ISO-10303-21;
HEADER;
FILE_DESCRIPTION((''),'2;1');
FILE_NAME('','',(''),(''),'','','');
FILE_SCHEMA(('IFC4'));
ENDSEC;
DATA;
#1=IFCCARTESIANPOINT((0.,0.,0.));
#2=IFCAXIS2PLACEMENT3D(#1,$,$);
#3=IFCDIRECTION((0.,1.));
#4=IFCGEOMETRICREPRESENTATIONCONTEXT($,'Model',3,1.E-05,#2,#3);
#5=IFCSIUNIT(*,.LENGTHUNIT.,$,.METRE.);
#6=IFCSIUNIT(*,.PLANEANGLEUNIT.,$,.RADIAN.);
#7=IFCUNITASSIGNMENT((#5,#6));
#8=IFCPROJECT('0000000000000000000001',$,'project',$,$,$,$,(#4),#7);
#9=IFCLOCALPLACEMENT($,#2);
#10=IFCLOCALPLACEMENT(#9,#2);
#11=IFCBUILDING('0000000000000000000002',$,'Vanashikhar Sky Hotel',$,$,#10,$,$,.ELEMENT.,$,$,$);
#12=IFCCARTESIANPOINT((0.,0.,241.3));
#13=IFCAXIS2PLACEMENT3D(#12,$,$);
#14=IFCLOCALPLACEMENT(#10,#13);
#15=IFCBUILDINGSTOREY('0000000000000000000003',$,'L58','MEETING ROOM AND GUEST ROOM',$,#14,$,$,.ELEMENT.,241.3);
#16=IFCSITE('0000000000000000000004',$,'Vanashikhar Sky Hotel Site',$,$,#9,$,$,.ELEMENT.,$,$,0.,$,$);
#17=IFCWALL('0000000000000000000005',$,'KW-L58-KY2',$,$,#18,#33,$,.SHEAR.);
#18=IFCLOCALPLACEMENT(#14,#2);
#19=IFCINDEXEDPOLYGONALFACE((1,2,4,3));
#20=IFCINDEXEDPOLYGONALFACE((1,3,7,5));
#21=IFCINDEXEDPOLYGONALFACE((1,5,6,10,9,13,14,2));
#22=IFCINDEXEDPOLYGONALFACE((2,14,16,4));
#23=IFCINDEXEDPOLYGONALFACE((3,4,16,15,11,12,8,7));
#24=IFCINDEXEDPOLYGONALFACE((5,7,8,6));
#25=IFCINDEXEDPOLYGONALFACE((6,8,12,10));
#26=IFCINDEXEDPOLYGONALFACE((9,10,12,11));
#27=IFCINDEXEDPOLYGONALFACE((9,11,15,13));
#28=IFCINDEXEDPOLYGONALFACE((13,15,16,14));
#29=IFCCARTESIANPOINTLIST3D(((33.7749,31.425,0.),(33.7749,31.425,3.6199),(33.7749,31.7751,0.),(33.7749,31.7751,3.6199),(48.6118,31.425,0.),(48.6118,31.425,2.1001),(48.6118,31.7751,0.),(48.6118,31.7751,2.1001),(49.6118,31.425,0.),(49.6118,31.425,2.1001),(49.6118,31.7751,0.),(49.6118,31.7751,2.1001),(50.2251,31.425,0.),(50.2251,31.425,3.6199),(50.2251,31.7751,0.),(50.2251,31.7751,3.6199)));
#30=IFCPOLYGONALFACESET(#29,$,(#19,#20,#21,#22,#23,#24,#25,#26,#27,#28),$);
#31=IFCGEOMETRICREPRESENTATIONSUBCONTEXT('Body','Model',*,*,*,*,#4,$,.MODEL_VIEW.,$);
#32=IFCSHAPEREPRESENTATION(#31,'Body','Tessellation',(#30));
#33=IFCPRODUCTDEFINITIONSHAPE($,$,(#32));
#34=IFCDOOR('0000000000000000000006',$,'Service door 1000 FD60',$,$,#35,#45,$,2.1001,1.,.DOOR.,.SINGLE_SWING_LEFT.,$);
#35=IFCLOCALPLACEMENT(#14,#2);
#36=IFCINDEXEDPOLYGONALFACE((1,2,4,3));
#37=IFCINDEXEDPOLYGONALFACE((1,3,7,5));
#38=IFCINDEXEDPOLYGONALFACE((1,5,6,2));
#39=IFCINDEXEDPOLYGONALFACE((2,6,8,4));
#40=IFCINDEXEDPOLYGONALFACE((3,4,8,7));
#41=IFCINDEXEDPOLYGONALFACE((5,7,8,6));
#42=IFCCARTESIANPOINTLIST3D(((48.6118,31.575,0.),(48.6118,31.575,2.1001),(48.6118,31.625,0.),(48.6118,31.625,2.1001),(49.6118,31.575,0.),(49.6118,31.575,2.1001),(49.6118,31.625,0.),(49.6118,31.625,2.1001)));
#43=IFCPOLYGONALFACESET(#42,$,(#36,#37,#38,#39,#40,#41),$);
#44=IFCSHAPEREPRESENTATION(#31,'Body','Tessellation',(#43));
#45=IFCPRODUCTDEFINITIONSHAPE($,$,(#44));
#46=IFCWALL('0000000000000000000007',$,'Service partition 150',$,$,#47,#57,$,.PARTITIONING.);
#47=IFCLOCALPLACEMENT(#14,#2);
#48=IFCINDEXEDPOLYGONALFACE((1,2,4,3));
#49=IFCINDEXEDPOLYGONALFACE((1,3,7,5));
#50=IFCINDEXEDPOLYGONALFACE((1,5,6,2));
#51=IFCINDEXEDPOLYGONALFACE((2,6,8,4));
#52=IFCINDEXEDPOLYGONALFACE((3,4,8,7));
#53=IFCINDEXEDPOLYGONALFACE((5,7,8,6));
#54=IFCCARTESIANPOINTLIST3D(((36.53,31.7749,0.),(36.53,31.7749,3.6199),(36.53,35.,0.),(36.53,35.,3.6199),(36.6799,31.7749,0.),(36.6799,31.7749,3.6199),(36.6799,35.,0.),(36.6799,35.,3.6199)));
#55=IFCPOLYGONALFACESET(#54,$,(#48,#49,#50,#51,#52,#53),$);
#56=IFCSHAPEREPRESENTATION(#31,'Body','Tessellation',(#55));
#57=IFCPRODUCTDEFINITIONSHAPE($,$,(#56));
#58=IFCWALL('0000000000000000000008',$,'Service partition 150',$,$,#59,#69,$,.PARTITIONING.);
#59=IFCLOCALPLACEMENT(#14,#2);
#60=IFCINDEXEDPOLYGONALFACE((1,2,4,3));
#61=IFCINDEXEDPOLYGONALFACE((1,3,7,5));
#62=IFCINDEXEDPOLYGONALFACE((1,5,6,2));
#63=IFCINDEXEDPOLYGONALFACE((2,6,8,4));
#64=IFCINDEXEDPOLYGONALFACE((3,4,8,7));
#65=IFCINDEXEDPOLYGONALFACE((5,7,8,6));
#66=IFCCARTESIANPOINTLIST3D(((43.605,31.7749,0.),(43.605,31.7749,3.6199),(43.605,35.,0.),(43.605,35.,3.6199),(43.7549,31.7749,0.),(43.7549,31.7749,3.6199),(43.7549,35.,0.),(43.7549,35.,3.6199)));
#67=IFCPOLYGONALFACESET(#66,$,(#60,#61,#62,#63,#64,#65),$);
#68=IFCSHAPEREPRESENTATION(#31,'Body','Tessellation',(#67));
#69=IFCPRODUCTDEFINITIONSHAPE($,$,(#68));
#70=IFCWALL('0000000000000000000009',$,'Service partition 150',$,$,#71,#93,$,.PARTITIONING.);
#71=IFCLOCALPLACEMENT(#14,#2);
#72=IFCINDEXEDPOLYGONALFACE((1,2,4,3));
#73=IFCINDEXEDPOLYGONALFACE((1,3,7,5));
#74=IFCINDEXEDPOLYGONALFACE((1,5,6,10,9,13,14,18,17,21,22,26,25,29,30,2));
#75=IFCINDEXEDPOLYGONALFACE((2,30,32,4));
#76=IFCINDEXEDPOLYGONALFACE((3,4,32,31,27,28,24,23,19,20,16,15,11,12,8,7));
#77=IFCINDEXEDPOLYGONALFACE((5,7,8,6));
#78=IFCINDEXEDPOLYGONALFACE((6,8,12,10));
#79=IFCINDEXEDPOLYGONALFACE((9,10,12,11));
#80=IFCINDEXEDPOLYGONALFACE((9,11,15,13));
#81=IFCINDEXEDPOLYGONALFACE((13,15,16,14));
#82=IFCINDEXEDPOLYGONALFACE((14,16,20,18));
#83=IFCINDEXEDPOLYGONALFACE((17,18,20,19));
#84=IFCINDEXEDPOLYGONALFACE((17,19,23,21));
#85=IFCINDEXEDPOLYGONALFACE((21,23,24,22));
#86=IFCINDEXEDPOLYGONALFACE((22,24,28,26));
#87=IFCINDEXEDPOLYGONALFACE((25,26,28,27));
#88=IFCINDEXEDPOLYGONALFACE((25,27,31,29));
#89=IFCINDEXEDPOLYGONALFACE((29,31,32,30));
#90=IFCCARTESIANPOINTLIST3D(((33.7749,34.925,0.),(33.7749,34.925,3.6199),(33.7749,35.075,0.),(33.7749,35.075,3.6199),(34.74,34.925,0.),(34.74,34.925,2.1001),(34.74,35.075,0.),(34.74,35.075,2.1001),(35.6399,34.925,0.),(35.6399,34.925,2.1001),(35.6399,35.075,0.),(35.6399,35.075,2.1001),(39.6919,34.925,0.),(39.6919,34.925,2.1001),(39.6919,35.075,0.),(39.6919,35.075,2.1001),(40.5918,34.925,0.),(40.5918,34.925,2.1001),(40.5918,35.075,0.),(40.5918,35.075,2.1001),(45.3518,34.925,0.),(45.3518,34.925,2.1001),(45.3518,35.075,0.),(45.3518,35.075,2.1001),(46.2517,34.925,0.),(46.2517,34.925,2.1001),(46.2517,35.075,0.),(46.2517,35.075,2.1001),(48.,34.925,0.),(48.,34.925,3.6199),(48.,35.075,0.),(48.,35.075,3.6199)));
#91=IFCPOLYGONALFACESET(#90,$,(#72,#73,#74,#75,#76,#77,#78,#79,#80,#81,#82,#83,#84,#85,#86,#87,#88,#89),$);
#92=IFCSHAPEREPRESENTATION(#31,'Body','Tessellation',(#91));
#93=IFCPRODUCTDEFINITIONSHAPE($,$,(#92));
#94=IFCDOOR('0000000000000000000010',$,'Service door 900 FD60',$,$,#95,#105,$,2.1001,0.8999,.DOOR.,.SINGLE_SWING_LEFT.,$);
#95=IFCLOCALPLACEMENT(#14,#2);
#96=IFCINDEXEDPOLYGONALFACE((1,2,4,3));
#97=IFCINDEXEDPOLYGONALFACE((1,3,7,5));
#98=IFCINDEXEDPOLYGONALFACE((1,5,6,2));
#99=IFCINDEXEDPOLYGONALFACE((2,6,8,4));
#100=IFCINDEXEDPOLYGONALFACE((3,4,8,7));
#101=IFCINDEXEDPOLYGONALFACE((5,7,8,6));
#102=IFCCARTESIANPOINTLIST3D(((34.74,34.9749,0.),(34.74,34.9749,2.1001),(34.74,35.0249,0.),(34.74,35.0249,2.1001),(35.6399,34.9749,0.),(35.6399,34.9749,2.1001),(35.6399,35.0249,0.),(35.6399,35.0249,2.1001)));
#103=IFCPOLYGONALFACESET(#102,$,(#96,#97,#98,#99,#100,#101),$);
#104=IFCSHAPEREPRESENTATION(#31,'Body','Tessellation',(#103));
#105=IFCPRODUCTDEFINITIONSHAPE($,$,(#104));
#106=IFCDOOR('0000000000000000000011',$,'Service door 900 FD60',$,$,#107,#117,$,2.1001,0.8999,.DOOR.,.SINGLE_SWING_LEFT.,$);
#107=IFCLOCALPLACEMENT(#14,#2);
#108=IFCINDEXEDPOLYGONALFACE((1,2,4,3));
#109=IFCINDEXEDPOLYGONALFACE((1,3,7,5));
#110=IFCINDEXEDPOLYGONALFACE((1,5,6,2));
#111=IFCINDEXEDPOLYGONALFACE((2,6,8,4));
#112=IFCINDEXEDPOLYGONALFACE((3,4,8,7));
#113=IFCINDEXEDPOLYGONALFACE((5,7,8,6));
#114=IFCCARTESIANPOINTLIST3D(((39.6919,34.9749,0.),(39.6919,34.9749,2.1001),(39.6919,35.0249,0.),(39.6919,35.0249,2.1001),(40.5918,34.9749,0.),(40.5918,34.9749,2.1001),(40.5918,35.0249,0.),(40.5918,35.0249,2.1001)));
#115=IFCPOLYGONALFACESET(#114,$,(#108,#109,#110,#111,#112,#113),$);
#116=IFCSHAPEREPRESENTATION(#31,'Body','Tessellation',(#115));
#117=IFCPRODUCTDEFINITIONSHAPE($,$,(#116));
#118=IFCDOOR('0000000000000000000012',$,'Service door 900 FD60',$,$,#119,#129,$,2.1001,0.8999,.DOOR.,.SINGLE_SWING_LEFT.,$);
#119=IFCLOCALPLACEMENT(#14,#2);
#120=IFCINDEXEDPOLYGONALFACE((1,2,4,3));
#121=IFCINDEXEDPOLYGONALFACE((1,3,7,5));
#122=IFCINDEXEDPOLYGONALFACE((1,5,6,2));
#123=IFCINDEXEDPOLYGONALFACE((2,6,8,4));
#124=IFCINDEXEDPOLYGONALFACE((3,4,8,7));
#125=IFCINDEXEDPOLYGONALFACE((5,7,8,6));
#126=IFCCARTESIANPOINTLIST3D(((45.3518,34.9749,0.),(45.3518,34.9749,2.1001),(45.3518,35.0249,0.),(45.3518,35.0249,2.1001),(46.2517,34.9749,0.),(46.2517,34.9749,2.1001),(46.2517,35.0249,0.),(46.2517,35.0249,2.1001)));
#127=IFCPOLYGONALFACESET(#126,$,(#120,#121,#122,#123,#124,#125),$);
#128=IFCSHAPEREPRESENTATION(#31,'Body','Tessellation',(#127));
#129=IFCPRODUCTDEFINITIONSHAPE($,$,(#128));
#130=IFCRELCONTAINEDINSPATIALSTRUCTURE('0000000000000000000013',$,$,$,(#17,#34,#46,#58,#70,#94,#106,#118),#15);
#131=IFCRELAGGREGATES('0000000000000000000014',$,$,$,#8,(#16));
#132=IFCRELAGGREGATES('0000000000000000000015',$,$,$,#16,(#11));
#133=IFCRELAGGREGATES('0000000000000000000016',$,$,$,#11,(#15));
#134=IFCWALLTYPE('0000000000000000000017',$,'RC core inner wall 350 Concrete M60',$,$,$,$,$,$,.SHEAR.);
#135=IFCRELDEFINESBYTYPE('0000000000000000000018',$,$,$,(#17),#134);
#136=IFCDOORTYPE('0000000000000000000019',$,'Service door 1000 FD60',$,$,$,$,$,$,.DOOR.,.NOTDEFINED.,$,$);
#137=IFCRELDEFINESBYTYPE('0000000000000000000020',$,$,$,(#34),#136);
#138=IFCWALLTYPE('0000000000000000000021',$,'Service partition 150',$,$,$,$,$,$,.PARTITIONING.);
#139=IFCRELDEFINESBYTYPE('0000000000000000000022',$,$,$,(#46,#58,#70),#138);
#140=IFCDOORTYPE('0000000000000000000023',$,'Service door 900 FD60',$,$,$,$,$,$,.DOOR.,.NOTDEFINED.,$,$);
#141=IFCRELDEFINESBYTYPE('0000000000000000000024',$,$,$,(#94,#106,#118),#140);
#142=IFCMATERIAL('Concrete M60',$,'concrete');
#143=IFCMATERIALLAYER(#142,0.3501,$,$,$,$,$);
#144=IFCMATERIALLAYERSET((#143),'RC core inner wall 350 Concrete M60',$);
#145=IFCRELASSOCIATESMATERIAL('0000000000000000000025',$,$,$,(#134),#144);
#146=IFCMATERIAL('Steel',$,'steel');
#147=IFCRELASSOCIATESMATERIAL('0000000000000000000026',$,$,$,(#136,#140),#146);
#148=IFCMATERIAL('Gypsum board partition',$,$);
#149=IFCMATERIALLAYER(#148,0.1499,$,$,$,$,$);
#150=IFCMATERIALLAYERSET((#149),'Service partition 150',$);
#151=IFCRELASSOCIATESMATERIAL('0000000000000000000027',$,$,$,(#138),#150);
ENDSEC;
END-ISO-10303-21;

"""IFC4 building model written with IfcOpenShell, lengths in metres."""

from ifc_helpers import new_model, si_unit, direction, frame, frame_2d, origin, place, context, subcontext, project, spatial, rectangle, extrude, source, transform, mapped, material, layer, layer_set, type_object, element, fill, save


model = new_model("IFC4")

# Units and contexts
model_context = context("Model", 3, precision=1e-05, world=origin(), true_north=direction((0.0, 1.0)))
body_context = subcontext(model_context, "Body", "Model", "MODEL_VIEW")
ifc_project = project(units=[si_unit("LENGTHUNIT", "METRE"), si_unit("PLANEANGLEUNIT", "RADIAN")], contexts=[model_context])

# Site, building, storey
site_placement = place(None, origin())
site = spatial("IfcSite", under=ifc_project, at=site_placement, Name="Vanashikhar Sky Hotel Site", CompositionType="ELEMENT", RefElevation=0.0)
building_placement = place(site_placement, origin())
building = spatial("IfcBuilding", under=site, at=building_placement, Name="Vanashikhar Sky Hotel", CompositionType="ELEMENT")
storey_placement = place(building_placement, frame((0.0, 0.0, 241.3)))
storey = spatial("IfcBuildingStorey", under=building, at=storey_placement, Name="L58", Description="MEETING ROOM AND GUEST ROOM", CompositionType="ELEMENT", Elevation=241.3)

# Wall, opening, door
ifc_material_1 = material(Name="Concrete M60", Category="concrete")
ifc_layer_1 = layer(ifc_material_1, 0.3501)
ifc_layer_set_1 = layer_set([ifc_layer_1], Name="RC core inner wall 350 Concrete M60")
wall_type_1 = type_object("IfcWallType", Name="RC core inner wall 350 Concrete M60", PredefinedType="SHEAR", material=ifc_layer_set_1)
shared_shape_1 = source(origin(), body_context, "Body", "SweptSolid", [
    extrude(rectangle(XDim=16.4502, YDim=0.3501, at=frame_2d((8.2251, 0.0))), origin(), (0.0, 0.0, 1.0), 3.6199),
])
wall_1_placement = place(storey_placement, frame((33.7749, 31.6001, 0.0), z_axis=(0.0, 0.0, 1.0), x_axis=(1.0, 0.0, 0.0)))
wall_1 = element("IfcWall", 1, at=wall_1_placement, inside=storey, type_object=wall_type_1, Name="KW-L58-KY2", PredefinedType="SHEAR", context=body_context, shape_type="MappedRepresentation", body=[
    mapped(shared_shape_1, transform((0.0, 0.0, 0.0), scale=1.0)),
])
shared_shape_2 = source(origin(), body_context, "Body", "SweptSolid", [
    extrude(rectangle(XDim=1.0, YDim=2.1001, at=frame_2d((0.5, 1.05))), frame((0.0, 0.1851, 0.0), z_axis=(0.0, -1.0, 0.0), x_axis=(1.0, 0.0, 0.0)), (0.0, 0.0, 1.0), 0.3701),
])
opening_1_placement = place(wall_1_placement, frame((14.8369, 0.0, 0.0)))
opening_1 = element("IfcOpeningElement", 2, at=opening_1_placement, cuts=wall_1, PredefinedType="OPENING", context=body_context, shape_type="MappedRepresentation", body=[
    mapped(shared_shape_2, transform((0.0, 0.0, 0.0), scale=1.0)),
])
ifc_material_2 = material(Name="Steel", Category="steel")
door_type_1 = type_object("IfcDoorType", Name="Service door 1000 FD60", OperationType="NOTDEFINED", PredefinedType="DOOR", material=ifc_material_2)
shared_shape_3 = source(origin(), body_context, "Body", "SweptSolid", [
    extrude(rectangle(XDim=1.0, YDim=2.1001, at=frame_2d((0.5, 1.05))), frame((0.0, 0.0249, 0.0), z_axis=(0.0, -1.0, 0.0), x_axis=(1.0, 0.0, 0.0)), (0.0, 0.0, 1.0), 0.05),
])
door_1_placement = place(opening_1_placement, origin())
door_1 = element("IfcDoor", 3, at=door_1_placement, inside=storey, type_object=door_type_1, Name="Service door 1000 FD60", OperationType="SINGLE_SWING_LEFT", OverallHeight=2.1001, OverallWidth=1.0, PredefinedType="DOOR", context=body_context, shape_type="MappedRepresentation", body=[
    mapped(shared_shape_3, transform((0.0, 0.0, 0.0), scale=1.0)),
])
fill(opening_1, door_1)

# Walls
ifc_material_3 = material(Name="Gypsum board partition")
ifc_layer_2 = layer(ifc_material_3, 0.1499)
ifc_layer_set_2 = layer_set([ifc_layer_2], Name="Service partition 150")
wall_type_2 = type_object("IfcWallType", Name="Service partition 150", PredefinedType="PARTITIONING", material=ifc_layer_set_2)
shared_shape_4 = source(origin(), body_context, "Body", "SweptSolid", [
    extrude(rectangle(XDim=3.2251, YDim=0.1499, at=frame_2d((1.6125, 0.0))), origin(), (0.0, 0.0, 1.0), 3.6199),
])
for number, where, z_axis, x_axis, name in (
    (4, (36.605, 31.7749, 0.0), (0.0, 0.0, 1.0), (0.0, 1.0, 0.0), "Service partition 150"),
    (5, (43.6799, 31.7749, 0.0), (0.0, 0.0, 1.0), (0.0, 1.0, 0.0), "Service partition 150"),
):
    element("IfcWall", number, at=place(storey_placement, frame(where, z_axis=z_axis, x_axis=x_axis)), inside=storey, type_object=wall_type_2, Name=name, PredefinedType="PARTITIONING", context=body_context, shape_type="MappedRepresentation", body=[
        mapped(shared_shape_4, transform((0.0, 0.0, 0.0), scale=1.0)),
    ])

# Wall, openings, doors
shared_shape_5 = source(origin(), body_context, "Body", "SweptSolid", [
    extrude(rectangle(XDim=14.2251, YDim=0.1499, at=frame_2d((7.1125, 0.0))), origin(), (0.0, 0.0, 1.0), 3.6199),
])
wall_2_placement = place(storey_placement, frame((33.7749, 35.0, 0.0), z_axis=(0.0, 0.0, 1.0), x_axis=(1.0, 0.0, 0.0)))
wall_2 = element("IfcWall", 6, at=wall_2_placement, inside=storey, type_object=wall_type_2, Name="Service partition 150", PredefinedType="PARTITIONING", context=body_context, shape_type="MappedRepresentation", body=[
    mapped(shared_shape_5, transform((0.0, 0.0, 0.0), scale=1.0)),
])
shared_shape_6 = source(origin(), body_context, "Body", "SweptSolid", [
    extrude(rectangle(XDim=0.8999, YDim=2.1001, at=frame_2d((0.45, 1.05))), frame((0.0, 0.085, 0.0), z_axis=(0.0, -1.0, 0.0), x_axis=(1.0, 0.0, 0.0)), (0.0, 0.0, 1.0), 0.1699),
])
opening_2_placement = place(wall_2_placement, frame((0.9651, 0.0, 0.0)))
opening_2 = element("IfcOpeningElement", 7, at=opening_2_placement, cuts=wall_2, PredefinedType="OPENING", context=body_context, shape_type="MappedRepresentation", body=[
    mapped(shared_shape_6, transform((0.0, 0.0, 0.0), scale=1.0)),
])
opening_3_placement = place(wall_2_placement, frame((5.917, 0.0, 0.0)))
opening_3 = element("IfcOpeningElement", 8, at=opening_3_placement, cuts=wall_2, PredefinedType="OPENING", context=body_context, shape_type="MappedRepresentation", body=[
    mapped(shared_shape_6, transform((0.0, 0.0, 0.0), scale=1.0)),
])
opening_4_placement = place(wall_2_placement, frame((11.5769, 0.0, 0.0)))
opening_4 = element("IfcOpeningElement", 9, at=opening_4_placement, cuts=wall_2, PredefinedType="OPENING", context=body_context, shape_type="MappedRepresentation", body=[
    mapped(shared_shape_6, transform((0.0, 0.0, 0.0), scale=1.0)),
])
door_type_2 = type_object("IfcDoorType", Name="Service door 900 FD60", OperationType="NOTDEFINED", PredefinedType="DOOR", material=ifc_material_2)
shared_shape_7 = source(origin(), body_context, "Body", "SweptSolid", [
    extrude(rectangle(XDim=0.8999, YDim=2.1001, at=frame_2d((0.45, 1.05))), frame((0.0, 0.0249, 0.0), z_axis=(0.0, -1.0, 0.0), x_axis=(1.0, 0.0, 0.0)), (0.0, 0.0, 1.0), 0.05),
])
door_2_placement = place(opening_2_placement, origin())
door_2 = element("IfcDoor", 10, at=door_2_placement, inside=storey, type_object=door_type_2, Name="Service door 900 FD60", OperationType="SINGLE_SWING_LEFT", OverallHeight=2.1001, OverallWidth=0.8999, PredefinedType="DOOR", context=body_context, shape_type="MappedRepresentation", body=[
    mapped(shared_shape_7, transform((0.0, 0.0, 0.0), scale=1.0)),
])
fill(opening_2, door_2)
door_3_placement = place(opening_3_placement, origin())
door_3 = element("IfcDoor", 11, at=door_3_placement, inside=storey, type_object=door_type_2, Name="Service door 900 FD60", OperationType="SINGLE_SWING_LEFT", OverallHeight=2.1001, OverallWidth=0.8999, PredefinedType="DOOR", context=body_context, shape_type="MappedRepresentation", body=[
    mapped(shared_shape_7, transform((0.0, 0.0, 0.0), scale=1.0)),
])
fill(opening_3, door_3)
door_4_placement = place(opening_4_placement, origin())
door_4 = element("IfcDoor", 12, at=door_4_placement, inside=storey, type_object=door_type_2, Name="Service door 900 FD60", OperationType="SINGLE_SWING_LEFT", OverallHeight=2.1001, OverallWidth=0.8999, PredefinedType="DOOR", context=body_context, shape_type="MappedRepresentation", body=[
    mapped(shared_shape_7, transform((0.0, 0.0, 0.0), scale=1.0)),
])
fill(opening_4, door_4)

save(model, "model.ifc")
